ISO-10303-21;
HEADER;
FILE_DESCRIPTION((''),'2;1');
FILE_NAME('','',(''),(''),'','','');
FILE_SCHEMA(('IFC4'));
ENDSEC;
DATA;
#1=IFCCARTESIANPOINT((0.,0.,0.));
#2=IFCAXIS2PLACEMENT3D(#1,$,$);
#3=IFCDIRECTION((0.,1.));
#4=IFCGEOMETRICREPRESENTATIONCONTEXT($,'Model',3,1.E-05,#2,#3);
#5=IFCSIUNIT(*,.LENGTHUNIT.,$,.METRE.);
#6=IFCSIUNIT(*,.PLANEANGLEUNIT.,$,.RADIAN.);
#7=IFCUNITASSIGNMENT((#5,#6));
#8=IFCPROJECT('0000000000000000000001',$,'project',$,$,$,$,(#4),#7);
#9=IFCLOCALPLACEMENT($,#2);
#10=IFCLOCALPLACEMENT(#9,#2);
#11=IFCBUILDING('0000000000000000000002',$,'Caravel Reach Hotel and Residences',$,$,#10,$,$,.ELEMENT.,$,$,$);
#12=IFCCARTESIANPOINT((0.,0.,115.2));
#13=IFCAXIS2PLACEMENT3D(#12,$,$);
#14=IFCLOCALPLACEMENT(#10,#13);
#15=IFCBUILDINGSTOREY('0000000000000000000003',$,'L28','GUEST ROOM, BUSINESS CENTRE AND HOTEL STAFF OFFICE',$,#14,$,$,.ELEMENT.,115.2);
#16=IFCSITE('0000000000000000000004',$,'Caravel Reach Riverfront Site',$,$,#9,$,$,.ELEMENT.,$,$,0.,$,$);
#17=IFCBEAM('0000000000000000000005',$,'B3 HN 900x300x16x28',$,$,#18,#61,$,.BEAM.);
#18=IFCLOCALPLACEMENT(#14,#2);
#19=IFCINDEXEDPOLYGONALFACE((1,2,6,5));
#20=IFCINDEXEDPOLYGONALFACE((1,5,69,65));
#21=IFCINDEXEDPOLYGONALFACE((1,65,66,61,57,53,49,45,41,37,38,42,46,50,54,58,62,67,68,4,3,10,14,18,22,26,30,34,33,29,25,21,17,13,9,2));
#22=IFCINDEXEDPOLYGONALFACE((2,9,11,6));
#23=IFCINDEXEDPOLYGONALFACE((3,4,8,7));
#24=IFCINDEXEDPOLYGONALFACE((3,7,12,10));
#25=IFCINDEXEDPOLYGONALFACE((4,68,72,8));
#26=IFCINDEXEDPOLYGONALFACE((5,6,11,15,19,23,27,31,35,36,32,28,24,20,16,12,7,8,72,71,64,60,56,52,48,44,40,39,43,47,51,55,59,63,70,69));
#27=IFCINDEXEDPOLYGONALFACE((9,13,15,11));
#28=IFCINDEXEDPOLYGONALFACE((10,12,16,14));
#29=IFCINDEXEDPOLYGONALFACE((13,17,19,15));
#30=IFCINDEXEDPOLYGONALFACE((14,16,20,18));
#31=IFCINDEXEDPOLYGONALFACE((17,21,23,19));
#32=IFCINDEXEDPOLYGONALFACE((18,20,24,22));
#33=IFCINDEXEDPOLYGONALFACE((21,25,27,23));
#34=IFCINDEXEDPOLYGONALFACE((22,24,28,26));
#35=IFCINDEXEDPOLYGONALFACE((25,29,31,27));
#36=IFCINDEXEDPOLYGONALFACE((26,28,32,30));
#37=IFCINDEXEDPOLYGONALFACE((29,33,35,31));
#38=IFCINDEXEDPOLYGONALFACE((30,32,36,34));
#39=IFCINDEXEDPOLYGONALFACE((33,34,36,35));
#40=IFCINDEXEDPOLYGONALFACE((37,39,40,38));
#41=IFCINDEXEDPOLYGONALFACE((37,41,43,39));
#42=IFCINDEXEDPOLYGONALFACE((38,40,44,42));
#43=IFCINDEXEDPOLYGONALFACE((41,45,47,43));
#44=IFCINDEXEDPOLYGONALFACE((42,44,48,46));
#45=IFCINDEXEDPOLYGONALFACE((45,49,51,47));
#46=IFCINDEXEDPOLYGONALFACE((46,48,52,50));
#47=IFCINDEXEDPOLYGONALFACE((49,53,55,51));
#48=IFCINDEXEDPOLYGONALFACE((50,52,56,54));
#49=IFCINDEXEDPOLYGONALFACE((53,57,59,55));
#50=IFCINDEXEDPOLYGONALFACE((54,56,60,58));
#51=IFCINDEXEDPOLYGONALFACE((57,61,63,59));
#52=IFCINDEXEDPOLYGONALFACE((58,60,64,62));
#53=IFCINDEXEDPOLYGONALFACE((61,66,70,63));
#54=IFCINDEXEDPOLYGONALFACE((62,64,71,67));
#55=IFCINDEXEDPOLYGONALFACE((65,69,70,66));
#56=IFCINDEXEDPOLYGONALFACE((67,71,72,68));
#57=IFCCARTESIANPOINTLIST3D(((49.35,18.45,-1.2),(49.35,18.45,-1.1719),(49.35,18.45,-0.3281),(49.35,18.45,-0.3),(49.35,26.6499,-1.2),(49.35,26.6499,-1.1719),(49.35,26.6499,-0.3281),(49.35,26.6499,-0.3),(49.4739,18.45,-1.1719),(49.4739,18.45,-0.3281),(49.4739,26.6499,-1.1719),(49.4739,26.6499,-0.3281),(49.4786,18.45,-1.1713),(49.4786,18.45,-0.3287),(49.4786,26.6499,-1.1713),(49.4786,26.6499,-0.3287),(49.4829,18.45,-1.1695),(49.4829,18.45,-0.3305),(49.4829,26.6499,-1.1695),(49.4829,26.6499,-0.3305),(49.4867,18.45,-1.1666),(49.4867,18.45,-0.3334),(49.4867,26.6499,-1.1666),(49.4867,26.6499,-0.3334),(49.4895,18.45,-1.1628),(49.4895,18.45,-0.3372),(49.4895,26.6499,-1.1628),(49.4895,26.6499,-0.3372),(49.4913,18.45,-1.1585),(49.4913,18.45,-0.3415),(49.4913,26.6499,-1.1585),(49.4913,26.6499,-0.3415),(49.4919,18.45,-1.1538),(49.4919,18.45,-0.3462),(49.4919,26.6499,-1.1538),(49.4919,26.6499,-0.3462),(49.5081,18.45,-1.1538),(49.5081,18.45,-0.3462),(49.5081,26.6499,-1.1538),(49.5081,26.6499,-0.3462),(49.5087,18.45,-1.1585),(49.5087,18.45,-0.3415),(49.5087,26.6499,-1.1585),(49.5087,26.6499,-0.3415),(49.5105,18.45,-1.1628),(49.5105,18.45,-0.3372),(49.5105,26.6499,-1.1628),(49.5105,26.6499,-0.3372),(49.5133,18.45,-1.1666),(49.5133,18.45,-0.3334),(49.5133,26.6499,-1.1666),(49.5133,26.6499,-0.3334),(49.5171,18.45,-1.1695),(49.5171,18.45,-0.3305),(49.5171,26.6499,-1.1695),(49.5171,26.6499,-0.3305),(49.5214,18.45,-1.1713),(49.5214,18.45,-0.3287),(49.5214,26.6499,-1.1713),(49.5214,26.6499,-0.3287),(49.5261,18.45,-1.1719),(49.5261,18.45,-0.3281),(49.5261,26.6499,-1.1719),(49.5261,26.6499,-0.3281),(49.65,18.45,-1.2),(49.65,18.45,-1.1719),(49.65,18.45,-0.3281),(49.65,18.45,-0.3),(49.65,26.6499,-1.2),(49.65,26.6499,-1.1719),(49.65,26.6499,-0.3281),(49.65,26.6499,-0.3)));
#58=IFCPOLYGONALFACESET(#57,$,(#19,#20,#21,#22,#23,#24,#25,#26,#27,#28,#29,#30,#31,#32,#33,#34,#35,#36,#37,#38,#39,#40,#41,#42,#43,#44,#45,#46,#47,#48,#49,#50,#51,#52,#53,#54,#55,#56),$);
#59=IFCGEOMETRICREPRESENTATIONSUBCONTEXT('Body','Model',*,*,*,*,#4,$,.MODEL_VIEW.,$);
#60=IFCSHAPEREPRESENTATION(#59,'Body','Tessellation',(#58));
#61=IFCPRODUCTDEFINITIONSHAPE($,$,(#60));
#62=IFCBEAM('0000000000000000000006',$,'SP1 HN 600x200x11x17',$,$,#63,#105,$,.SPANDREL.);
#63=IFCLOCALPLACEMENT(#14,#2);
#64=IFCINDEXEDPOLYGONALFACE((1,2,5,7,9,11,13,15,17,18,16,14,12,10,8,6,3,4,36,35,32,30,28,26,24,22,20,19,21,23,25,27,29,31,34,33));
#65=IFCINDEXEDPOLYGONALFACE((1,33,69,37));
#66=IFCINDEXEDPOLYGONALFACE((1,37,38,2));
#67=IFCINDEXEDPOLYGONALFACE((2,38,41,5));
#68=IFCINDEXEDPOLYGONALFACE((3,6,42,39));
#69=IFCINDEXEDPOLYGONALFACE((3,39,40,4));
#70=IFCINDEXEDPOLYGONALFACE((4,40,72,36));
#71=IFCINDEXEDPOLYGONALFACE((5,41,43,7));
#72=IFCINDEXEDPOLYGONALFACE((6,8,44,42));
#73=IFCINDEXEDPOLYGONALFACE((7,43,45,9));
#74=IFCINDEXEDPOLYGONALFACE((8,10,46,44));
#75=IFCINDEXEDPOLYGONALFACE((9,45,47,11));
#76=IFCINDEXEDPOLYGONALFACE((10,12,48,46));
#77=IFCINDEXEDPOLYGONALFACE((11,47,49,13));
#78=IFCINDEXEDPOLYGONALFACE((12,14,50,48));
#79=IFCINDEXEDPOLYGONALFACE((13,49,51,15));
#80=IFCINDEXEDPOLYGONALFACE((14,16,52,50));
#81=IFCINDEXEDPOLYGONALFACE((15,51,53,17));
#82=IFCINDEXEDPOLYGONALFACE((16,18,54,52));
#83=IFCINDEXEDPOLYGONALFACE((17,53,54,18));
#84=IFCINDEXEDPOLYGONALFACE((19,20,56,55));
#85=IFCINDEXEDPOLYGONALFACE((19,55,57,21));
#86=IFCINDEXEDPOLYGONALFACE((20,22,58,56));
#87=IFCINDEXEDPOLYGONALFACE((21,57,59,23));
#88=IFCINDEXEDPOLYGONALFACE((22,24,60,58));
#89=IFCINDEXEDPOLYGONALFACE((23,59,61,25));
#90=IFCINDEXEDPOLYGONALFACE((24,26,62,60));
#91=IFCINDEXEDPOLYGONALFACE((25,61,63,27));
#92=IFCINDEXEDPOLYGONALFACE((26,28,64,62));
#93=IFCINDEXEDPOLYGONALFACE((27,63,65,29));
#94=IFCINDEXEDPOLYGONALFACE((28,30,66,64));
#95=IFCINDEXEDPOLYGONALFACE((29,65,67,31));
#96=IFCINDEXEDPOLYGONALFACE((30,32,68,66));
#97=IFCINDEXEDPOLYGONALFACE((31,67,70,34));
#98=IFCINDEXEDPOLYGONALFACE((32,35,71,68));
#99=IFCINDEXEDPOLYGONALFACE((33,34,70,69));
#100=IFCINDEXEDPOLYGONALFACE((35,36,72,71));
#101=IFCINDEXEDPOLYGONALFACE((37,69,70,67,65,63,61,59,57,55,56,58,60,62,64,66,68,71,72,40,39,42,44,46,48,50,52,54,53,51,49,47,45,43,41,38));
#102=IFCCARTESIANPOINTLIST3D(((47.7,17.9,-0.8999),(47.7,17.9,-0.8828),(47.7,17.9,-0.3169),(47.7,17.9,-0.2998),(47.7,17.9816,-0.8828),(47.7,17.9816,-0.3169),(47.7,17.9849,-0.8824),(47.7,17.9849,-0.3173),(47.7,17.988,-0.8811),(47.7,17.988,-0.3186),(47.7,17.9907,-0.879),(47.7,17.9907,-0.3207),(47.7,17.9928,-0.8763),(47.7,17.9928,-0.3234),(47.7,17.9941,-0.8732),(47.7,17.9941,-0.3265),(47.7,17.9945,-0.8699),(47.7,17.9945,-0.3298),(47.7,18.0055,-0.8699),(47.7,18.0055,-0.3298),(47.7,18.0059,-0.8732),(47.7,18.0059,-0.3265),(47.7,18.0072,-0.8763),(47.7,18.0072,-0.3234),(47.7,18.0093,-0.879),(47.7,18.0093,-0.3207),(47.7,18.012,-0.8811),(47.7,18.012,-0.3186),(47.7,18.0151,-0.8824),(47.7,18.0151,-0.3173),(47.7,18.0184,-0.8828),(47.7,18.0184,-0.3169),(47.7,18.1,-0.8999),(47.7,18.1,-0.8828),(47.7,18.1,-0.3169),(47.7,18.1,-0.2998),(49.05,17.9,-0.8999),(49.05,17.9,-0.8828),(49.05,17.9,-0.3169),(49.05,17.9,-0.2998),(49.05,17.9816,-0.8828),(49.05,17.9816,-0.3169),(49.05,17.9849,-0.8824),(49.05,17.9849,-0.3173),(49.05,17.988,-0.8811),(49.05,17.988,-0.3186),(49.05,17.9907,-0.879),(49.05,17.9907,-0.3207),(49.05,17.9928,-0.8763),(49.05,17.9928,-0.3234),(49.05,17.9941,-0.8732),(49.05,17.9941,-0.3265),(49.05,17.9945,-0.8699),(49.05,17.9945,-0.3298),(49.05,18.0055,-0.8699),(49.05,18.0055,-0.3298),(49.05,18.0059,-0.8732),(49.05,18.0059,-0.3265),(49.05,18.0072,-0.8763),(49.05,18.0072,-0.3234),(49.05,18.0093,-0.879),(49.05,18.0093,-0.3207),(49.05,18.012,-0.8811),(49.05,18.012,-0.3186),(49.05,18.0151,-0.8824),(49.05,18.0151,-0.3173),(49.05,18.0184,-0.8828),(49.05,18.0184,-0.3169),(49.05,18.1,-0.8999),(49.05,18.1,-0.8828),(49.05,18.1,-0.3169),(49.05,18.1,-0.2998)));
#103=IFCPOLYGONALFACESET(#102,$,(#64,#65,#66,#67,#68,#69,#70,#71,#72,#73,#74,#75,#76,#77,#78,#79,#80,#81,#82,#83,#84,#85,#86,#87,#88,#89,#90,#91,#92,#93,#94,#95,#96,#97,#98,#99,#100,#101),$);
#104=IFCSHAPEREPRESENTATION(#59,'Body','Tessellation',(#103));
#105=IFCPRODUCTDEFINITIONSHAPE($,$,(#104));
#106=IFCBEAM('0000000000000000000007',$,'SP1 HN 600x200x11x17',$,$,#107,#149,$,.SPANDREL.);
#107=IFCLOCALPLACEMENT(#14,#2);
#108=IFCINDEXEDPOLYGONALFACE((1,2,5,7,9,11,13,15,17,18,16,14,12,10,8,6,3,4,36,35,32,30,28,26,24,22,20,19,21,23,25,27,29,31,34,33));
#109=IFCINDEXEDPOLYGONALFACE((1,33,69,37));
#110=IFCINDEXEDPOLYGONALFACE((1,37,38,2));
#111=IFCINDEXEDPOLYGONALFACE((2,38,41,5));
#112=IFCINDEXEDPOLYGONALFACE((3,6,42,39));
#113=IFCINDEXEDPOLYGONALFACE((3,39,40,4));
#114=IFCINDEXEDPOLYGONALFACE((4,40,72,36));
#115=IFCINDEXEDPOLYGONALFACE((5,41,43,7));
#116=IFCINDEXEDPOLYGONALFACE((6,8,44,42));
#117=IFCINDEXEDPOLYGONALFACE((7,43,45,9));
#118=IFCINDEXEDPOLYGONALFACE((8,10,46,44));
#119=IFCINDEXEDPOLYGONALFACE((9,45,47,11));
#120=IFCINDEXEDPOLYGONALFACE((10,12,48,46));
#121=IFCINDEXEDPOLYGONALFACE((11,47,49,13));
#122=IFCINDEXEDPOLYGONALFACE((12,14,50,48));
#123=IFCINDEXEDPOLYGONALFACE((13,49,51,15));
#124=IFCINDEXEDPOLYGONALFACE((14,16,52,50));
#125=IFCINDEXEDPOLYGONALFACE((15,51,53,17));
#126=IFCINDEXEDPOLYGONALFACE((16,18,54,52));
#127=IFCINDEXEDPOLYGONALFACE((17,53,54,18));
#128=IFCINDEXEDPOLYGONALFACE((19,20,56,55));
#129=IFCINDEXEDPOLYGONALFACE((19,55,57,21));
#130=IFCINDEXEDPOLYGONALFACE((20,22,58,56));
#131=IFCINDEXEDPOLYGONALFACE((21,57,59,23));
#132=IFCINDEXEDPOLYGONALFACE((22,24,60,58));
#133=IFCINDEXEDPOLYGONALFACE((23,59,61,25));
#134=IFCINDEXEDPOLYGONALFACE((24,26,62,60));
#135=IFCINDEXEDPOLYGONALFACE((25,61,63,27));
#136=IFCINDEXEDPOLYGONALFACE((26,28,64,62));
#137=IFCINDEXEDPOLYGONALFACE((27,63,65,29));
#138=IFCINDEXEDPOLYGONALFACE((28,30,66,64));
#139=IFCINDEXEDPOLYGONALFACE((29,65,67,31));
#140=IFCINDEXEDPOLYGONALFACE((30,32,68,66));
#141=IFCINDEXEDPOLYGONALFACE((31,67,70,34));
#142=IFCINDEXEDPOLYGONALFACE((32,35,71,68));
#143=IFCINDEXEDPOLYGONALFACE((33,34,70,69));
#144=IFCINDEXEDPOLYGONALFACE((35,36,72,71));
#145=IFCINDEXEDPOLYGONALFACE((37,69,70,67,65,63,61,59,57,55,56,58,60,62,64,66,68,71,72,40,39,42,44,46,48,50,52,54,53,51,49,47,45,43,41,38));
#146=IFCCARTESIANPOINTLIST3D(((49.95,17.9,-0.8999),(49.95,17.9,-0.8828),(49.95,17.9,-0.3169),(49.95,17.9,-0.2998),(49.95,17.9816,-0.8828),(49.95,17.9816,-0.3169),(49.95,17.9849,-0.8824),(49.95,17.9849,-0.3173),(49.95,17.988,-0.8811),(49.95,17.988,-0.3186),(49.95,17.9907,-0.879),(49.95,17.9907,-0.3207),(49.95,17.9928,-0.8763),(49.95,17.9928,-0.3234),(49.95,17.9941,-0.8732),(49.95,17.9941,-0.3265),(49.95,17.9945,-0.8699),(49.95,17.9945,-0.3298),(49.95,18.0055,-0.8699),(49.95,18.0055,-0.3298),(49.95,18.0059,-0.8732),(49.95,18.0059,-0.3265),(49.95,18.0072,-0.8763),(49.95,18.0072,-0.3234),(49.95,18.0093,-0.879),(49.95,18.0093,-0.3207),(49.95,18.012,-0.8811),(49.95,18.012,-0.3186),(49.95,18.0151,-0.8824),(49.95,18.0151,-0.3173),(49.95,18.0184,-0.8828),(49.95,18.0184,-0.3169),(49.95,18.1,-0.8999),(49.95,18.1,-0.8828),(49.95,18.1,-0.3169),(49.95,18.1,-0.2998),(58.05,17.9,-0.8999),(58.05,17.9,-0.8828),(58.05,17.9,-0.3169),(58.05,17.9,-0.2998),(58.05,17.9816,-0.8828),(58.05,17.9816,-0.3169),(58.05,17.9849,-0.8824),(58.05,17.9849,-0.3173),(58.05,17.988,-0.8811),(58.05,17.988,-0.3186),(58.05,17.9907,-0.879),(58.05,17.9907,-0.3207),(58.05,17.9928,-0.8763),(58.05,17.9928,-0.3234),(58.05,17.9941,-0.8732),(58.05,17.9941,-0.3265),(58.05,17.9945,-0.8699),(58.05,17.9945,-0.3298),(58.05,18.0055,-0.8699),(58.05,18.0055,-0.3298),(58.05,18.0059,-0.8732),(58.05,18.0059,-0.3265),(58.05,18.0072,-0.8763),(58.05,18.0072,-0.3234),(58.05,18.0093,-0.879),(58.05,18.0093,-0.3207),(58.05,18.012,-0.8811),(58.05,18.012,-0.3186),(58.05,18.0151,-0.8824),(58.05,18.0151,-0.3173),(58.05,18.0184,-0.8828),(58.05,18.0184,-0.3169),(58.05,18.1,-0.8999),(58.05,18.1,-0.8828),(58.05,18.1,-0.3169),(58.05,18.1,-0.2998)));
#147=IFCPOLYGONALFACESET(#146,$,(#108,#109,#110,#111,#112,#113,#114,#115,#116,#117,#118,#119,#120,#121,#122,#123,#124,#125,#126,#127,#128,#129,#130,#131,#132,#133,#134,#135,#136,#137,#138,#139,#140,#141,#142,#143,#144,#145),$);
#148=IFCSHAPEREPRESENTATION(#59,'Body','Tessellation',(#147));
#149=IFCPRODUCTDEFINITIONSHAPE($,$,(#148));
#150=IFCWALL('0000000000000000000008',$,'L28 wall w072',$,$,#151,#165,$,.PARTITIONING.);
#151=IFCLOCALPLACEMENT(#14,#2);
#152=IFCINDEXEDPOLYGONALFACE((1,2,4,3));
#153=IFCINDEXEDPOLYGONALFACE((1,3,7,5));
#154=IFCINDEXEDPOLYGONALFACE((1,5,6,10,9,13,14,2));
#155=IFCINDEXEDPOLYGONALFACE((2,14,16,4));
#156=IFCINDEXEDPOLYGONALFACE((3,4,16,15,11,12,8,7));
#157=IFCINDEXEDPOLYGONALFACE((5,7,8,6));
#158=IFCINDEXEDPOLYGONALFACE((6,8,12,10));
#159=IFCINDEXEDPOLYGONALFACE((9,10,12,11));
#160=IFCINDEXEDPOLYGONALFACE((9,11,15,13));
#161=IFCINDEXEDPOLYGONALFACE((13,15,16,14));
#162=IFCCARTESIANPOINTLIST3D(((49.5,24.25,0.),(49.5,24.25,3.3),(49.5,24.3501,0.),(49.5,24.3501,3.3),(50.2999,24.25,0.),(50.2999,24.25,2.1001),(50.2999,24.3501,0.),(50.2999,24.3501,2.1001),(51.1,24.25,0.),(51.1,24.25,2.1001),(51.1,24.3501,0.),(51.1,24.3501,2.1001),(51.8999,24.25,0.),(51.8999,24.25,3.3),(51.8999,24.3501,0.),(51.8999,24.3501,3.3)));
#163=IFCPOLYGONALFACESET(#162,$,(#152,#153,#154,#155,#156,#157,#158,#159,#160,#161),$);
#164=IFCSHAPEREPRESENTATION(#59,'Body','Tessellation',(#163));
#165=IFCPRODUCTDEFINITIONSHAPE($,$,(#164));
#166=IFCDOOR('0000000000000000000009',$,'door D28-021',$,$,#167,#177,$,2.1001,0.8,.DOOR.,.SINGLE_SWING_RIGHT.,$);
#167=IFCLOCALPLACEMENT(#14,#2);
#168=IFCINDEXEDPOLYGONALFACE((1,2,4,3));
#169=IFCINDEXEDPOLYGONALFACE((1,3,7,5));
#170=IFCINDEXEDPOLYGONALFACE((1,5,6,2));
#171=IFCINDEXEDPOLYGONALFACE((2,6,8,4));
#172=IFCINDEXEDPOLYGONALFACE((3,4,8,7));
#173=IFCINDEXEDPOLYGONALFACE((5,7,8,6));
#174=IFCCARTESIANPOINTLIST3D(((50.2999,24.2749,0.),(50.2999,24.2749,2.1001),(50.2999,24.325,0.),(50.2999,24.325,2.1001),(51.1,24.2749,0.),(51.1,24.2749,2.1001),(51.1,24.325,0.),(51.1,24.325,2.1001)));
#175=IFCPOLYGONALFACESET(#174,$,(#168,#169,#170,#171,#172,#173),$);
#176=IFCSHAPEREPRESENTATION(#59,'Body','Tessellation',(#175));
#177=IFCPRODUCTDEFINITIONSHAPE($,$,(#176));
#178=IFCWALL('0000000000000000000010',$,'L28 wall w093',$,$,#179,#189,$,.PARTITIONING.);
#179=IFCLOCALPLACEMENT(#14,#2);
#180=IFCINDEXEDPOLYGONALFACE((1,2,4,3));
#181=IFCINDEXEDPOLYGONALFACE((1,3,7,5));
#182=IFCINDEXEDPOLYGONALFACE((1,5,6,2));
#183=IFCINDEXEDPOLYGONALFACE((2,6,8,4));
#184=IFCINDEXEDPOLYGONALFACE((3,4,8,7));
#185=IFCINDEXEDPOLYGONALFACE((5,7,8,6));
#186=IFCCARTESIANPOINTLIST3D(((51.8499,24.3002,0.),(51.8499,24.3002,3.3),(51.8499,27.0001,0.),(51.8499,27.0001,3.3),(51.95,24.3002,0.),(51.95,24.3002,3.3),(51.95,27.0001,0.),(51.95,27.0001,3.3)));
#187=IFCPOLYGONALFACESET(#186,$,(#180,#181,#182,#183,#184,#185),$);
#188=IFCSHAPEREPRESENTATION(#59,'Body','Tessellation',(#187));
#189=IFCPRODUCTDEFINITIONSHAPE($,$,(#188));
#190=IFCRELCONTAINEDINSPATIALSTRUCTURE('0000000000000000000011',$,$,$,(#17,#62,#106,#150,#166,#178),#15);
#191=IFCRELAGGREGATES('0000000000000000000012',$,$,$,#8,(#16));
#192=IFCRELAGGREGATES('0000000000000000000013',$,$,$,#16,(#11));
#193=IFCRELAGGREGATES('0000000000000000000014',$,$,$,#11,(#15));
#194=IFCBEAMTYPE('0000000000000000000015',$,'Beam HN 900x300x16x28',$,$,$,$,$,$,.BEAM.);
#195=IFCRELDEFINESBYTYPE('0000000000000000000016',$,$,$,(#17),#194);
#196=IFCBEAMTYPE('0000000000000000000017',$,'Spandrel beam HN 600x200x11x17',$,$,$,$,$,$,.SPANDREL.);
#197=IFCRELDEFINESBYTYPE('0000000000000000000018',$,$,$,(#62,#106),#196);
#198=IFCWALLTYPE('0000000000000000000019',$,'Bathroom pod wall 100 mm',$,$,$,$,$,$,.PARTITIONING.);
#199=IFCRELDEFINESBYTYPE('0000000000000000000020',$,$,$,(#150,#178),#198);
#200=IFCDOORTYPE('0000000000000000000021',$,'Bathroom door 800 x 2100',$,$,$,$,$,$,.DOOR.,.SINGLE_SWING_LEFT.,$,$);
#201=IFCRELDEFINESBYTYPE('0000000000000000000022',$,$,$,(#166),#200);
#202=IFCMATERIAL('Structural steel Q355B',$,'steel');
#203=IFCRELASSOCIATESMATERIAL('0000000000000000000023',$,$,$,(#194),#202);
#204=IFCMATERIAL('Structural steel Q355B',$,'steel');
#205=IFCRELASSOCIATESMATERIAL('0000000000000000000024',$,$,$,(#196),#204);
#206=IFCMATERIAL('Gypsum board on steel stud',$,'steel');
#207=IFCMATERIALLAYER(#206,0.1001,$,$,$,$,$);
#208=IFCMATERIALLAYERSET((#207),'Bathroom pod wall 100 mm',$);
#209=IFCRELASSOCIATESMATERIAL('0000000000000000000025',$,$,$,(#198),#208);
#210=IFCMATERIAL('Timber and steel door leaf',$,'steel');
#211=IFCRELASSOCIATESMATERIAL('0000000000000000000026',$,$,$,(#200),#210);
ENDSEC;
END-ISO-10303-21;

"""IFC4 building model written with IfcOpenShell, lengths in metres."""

from ifc_helpers import new_model, si_unit, direction, frame, frame_2d, origin, origin_2d, place, context, subcontext, project, spatial, rectangle, i_section, extrude, material, layer, layer_set, material_profile, profile_set, type_object, element, fill, save


model = new_model("IFC4")

# Units and contexts
model_context = context("Model", 3, precision=1e-05, world=origin(), true_north=direction((0.0, 1.0)))
body_context = subcontext(model_context, "Body", "Model", "MODEL_VIEW")
ifc_project = project(units=[si_unit("LENGTHUNIT", "METRE"), si_unit("PLANEANGLEUNIT", "RADIAN")], contexts=[model_context])

# Site, building, storey
site_placement = place(None, origin())
site = spatial("IfcSite", under=ifc_project, at=site_placement, Name="Caravel Reach Riverfront Site", CompositionType="ELEMENT", RefElevation=0.0)
building_placement = place(site_placement, origin())
building = spatial("IfcBuilding", under=site, at=building_placement, Name="Caravel Reach Hotel and Residences", CompositionType="ELEMENT")
storey_placement = place(building_placement, frame((0.0, 0.0, 115.2)))
storey = spatial("IfcBuildingStorey", under=building, at=storey_placement, Name="L28", Description="GUEST ROOM, BUSINESS CENTRE AND HOTEL STAFF OFFICE", CompositionType="ELEMENT", Elevation=115.2)

# Beams
ifc_material_1 = material(Name="Structural steel Q355B", Category="steel")
ifc_material_profile_1 = material_profile(ifc_material_1, i_section(OverallWidth=0.3, OverallDepth=0.8999, WebThickness=0.0161, FlangeThickness=0.0281, FilletRadius=0.0181, at=origin_2d()), Name="HN 900x300x16x28")
ifc_profile_set_1 = profile_set([ifc_material_profile_1], Name="Structural steel Q355B")
beam_type_1 = type_object("IfcBeamType", Name="Beam HN 900x300x16x28", PredefinedType="BEAM", material=ifc_profile_set_1)
beam_1_placement = place(storey_placement, frame((49.5, 18.45, -0.75), z_axis=(0.0, 1.0, 0.0), x_axis=(-1.0, 0.0, 0.0)))
element("IfcBeam", 1, at=beam_1_placement, inside=storey, type_object=beam_type_1, Name="B3 HN 900x300x16x28", PredefinedType="BEAM", context=body_context, shape_type="SweptSolid", body=[
    extrude(i_section(OverallWidth=0.3, OverallDepth=0.8999, WebThickness=0.0161, FlangeThickness=0.0281, FilletRadius=0.0181, at=origin_2d()), origin(), (0.0, 0.0, 1.0), 8.2),
])
ifc_material_2 = material(Name="Structural steel Q355B", Category="steel")
ifc_material_profile_2 = material_profile(ifc_material_2, i_section(OverallWidth=0.2, OverallDepth=0.6001, WebThickness=0.011, FlangeThickness=0.0171, FilletRadius=0.0129, at=origin_2d()), Name="HN 600x200x11x17")
ifc_profile_set_2 = profile_set([ifc_material_profile_2], Name="Structural steel Q355B")
beam_type_2 = type_object("IfcBeamType", Name="Spandrel beam HN 600x200x11x17", PredefinedType="SPANDREL", material=ifc_profile_set_2)
beam_2_placement = place(storey_placement, frame((47.7, 18.0, -0.5999), z_axis=(1.0, 0.0, 0.0), x_axis=(0.0, 1.0, 0.0)))
element("IfcBeam", 2, at=beam_2_placement, inside=storey, type_object=beam_type_2, Name="SP1 HN 600x200x11x17", PredefinedType="SPANDREL", context=body_context, shape_type="SweptSolid", body=[
    extrude(i_section(OverallWidth=0.2, OverallDepth=0.6001, WebThickness=0.011, FlangeThickness=0.0171, FilletRadius=0.0129, at=origin_2d()), origin(), (0.0, 0.0, 1.0), 1.3501),
])
beam_3_placement = place(storey_placement, frame((49.95, 18.0, -0.5999), z_axis=(1.0, 0.0, 0.0), x_axis=(0.0, 1.0, 0.0)))
element("IfcBeam", 3, at=beam_3_placement, inside=storey, type_object=beam_type_2, Name="SP1 HN 600x200x11x17", PredefinedType="SPANDREL", context=body_context, shape_type="SweptSolid", body=[
    extrude(i_section(OverallWidth=0.2, OverallDepth=0.6001, WebThickness=0.011, FlangeThickness=0.0171, FilletRadius=0.0129, at=origin_2d()), origin(), (0.0, 0.0, 1.0), 8.1001),
])

# Wall, opening, door
ifc_material_3 = material(Name="Gypsum board on steel stud", Category="steel")
ifc_layer_1 = layer(ifc_material_3, 0.1001)
ifc_layer_set_1 = layer_set([ifc_layer_1], Name="Bathroom pod wall 100 mm")
wall_type_1 = type_object("IfcWallType", Name="Bathroom pod wall 100 mm", PredefinedType="PARTITIONING", material=ifc_layer_set_1)
wall_1_placement = place(storey_placement, frame((49.5, 24.3, 0.0), z_axis=(0.0, 0.0, 1.0), x_axis=(1.0, 0.0, 0.0)))
wall_1 = element("IfcWall", 4, at=wall_1_placement, inside=storey, type_object=wall_type_1, Name="L28 wall w072", PredefinedType="PARTITIONING", context=body_context, shape_type="SweptSolid", body=[
    extrude(rectangle(XDim=2.3999, YDim=0.1001, at=frame_2d((1.2, 0.0))), origin(), (0.0, 0.0, 1.0), 3.3),
])
opening_1_placement = place(wall_1_placement, frame((0.8, 0.0, 0.0)))
opening_1 = element("IfcOpeningElement", 5, at=opening_1_placement, cuts=wall_1, PredefinedType="OPENING", context=body_context, shape_type="SweptSolid", body=[
    extrude(rectangle(XDim=0.8, YDim=2.1001, at=frame_2d((0.3999, 1.05))), frame((0.0, 0.0601, 0.0), z_axis=(0.0, -1.0, 0.0), x_axis=(1.0, 0.0, 0.0)), (0.0, 0.0, 1.0), 0.1201),
])
ifc_material_4 = material(Name="Timber and steel door leaf", Category="steel")
door_type_1 = type_object("IfcDoorType", Name="Bathroom door 800 x 2100", OperationType="SINGLE_SWING_LEFT", PredefinedType="DOOR", material=ifc_material_4)
door_1_placement = place(opening_1_placement, origin())
door_1 = element("IfcDoor", 6, at=door_1_placement, inside=storey, type_object=door_type_1, Name="door D28-021", OperationType="SINGLE_SWING_RIGHT", OverallHeight=2.1001, OverallWidth=0.8, PredefinedType="DOOR", context=body_context, shape_type="SweptSolid", body=[
    extrude(rectangle(XDim=0.8, YDim=2.1001, at=frame_2d((0.3999, 1.05))), frame((0.0, 0.0249, 0.0), z_axis=(0.0, -1.0, 0.0), x_axis=(1.0, 0.0, 0.0)), (0.0, 0.0, 1.0), 0.05),
])
fill(opening_1, door_1)

# Wall
wall_2_placement = place(storey_placement, frame((51.8999, 24.3, 0.0), z_axis=(0.0, 0.0, 1.0), x_axis=(0.0, 1.0, 0.0)))
element("IfcWall", 7, at=wall_2_placement, inside=storey, type_object=wall_type_1, Name="L28 wall w093", PredefinedType="PARTITIONING", context=body_context, shape_type="SweptSolid", body=[
    extrude(rectangle(XDim=2.7, YDim=0.1001, at=frame_2d((1.3501, 0.0))), origin(), (0.0, 0.0, 1.0), 3.3),
])

save(model, "model.ifc")
